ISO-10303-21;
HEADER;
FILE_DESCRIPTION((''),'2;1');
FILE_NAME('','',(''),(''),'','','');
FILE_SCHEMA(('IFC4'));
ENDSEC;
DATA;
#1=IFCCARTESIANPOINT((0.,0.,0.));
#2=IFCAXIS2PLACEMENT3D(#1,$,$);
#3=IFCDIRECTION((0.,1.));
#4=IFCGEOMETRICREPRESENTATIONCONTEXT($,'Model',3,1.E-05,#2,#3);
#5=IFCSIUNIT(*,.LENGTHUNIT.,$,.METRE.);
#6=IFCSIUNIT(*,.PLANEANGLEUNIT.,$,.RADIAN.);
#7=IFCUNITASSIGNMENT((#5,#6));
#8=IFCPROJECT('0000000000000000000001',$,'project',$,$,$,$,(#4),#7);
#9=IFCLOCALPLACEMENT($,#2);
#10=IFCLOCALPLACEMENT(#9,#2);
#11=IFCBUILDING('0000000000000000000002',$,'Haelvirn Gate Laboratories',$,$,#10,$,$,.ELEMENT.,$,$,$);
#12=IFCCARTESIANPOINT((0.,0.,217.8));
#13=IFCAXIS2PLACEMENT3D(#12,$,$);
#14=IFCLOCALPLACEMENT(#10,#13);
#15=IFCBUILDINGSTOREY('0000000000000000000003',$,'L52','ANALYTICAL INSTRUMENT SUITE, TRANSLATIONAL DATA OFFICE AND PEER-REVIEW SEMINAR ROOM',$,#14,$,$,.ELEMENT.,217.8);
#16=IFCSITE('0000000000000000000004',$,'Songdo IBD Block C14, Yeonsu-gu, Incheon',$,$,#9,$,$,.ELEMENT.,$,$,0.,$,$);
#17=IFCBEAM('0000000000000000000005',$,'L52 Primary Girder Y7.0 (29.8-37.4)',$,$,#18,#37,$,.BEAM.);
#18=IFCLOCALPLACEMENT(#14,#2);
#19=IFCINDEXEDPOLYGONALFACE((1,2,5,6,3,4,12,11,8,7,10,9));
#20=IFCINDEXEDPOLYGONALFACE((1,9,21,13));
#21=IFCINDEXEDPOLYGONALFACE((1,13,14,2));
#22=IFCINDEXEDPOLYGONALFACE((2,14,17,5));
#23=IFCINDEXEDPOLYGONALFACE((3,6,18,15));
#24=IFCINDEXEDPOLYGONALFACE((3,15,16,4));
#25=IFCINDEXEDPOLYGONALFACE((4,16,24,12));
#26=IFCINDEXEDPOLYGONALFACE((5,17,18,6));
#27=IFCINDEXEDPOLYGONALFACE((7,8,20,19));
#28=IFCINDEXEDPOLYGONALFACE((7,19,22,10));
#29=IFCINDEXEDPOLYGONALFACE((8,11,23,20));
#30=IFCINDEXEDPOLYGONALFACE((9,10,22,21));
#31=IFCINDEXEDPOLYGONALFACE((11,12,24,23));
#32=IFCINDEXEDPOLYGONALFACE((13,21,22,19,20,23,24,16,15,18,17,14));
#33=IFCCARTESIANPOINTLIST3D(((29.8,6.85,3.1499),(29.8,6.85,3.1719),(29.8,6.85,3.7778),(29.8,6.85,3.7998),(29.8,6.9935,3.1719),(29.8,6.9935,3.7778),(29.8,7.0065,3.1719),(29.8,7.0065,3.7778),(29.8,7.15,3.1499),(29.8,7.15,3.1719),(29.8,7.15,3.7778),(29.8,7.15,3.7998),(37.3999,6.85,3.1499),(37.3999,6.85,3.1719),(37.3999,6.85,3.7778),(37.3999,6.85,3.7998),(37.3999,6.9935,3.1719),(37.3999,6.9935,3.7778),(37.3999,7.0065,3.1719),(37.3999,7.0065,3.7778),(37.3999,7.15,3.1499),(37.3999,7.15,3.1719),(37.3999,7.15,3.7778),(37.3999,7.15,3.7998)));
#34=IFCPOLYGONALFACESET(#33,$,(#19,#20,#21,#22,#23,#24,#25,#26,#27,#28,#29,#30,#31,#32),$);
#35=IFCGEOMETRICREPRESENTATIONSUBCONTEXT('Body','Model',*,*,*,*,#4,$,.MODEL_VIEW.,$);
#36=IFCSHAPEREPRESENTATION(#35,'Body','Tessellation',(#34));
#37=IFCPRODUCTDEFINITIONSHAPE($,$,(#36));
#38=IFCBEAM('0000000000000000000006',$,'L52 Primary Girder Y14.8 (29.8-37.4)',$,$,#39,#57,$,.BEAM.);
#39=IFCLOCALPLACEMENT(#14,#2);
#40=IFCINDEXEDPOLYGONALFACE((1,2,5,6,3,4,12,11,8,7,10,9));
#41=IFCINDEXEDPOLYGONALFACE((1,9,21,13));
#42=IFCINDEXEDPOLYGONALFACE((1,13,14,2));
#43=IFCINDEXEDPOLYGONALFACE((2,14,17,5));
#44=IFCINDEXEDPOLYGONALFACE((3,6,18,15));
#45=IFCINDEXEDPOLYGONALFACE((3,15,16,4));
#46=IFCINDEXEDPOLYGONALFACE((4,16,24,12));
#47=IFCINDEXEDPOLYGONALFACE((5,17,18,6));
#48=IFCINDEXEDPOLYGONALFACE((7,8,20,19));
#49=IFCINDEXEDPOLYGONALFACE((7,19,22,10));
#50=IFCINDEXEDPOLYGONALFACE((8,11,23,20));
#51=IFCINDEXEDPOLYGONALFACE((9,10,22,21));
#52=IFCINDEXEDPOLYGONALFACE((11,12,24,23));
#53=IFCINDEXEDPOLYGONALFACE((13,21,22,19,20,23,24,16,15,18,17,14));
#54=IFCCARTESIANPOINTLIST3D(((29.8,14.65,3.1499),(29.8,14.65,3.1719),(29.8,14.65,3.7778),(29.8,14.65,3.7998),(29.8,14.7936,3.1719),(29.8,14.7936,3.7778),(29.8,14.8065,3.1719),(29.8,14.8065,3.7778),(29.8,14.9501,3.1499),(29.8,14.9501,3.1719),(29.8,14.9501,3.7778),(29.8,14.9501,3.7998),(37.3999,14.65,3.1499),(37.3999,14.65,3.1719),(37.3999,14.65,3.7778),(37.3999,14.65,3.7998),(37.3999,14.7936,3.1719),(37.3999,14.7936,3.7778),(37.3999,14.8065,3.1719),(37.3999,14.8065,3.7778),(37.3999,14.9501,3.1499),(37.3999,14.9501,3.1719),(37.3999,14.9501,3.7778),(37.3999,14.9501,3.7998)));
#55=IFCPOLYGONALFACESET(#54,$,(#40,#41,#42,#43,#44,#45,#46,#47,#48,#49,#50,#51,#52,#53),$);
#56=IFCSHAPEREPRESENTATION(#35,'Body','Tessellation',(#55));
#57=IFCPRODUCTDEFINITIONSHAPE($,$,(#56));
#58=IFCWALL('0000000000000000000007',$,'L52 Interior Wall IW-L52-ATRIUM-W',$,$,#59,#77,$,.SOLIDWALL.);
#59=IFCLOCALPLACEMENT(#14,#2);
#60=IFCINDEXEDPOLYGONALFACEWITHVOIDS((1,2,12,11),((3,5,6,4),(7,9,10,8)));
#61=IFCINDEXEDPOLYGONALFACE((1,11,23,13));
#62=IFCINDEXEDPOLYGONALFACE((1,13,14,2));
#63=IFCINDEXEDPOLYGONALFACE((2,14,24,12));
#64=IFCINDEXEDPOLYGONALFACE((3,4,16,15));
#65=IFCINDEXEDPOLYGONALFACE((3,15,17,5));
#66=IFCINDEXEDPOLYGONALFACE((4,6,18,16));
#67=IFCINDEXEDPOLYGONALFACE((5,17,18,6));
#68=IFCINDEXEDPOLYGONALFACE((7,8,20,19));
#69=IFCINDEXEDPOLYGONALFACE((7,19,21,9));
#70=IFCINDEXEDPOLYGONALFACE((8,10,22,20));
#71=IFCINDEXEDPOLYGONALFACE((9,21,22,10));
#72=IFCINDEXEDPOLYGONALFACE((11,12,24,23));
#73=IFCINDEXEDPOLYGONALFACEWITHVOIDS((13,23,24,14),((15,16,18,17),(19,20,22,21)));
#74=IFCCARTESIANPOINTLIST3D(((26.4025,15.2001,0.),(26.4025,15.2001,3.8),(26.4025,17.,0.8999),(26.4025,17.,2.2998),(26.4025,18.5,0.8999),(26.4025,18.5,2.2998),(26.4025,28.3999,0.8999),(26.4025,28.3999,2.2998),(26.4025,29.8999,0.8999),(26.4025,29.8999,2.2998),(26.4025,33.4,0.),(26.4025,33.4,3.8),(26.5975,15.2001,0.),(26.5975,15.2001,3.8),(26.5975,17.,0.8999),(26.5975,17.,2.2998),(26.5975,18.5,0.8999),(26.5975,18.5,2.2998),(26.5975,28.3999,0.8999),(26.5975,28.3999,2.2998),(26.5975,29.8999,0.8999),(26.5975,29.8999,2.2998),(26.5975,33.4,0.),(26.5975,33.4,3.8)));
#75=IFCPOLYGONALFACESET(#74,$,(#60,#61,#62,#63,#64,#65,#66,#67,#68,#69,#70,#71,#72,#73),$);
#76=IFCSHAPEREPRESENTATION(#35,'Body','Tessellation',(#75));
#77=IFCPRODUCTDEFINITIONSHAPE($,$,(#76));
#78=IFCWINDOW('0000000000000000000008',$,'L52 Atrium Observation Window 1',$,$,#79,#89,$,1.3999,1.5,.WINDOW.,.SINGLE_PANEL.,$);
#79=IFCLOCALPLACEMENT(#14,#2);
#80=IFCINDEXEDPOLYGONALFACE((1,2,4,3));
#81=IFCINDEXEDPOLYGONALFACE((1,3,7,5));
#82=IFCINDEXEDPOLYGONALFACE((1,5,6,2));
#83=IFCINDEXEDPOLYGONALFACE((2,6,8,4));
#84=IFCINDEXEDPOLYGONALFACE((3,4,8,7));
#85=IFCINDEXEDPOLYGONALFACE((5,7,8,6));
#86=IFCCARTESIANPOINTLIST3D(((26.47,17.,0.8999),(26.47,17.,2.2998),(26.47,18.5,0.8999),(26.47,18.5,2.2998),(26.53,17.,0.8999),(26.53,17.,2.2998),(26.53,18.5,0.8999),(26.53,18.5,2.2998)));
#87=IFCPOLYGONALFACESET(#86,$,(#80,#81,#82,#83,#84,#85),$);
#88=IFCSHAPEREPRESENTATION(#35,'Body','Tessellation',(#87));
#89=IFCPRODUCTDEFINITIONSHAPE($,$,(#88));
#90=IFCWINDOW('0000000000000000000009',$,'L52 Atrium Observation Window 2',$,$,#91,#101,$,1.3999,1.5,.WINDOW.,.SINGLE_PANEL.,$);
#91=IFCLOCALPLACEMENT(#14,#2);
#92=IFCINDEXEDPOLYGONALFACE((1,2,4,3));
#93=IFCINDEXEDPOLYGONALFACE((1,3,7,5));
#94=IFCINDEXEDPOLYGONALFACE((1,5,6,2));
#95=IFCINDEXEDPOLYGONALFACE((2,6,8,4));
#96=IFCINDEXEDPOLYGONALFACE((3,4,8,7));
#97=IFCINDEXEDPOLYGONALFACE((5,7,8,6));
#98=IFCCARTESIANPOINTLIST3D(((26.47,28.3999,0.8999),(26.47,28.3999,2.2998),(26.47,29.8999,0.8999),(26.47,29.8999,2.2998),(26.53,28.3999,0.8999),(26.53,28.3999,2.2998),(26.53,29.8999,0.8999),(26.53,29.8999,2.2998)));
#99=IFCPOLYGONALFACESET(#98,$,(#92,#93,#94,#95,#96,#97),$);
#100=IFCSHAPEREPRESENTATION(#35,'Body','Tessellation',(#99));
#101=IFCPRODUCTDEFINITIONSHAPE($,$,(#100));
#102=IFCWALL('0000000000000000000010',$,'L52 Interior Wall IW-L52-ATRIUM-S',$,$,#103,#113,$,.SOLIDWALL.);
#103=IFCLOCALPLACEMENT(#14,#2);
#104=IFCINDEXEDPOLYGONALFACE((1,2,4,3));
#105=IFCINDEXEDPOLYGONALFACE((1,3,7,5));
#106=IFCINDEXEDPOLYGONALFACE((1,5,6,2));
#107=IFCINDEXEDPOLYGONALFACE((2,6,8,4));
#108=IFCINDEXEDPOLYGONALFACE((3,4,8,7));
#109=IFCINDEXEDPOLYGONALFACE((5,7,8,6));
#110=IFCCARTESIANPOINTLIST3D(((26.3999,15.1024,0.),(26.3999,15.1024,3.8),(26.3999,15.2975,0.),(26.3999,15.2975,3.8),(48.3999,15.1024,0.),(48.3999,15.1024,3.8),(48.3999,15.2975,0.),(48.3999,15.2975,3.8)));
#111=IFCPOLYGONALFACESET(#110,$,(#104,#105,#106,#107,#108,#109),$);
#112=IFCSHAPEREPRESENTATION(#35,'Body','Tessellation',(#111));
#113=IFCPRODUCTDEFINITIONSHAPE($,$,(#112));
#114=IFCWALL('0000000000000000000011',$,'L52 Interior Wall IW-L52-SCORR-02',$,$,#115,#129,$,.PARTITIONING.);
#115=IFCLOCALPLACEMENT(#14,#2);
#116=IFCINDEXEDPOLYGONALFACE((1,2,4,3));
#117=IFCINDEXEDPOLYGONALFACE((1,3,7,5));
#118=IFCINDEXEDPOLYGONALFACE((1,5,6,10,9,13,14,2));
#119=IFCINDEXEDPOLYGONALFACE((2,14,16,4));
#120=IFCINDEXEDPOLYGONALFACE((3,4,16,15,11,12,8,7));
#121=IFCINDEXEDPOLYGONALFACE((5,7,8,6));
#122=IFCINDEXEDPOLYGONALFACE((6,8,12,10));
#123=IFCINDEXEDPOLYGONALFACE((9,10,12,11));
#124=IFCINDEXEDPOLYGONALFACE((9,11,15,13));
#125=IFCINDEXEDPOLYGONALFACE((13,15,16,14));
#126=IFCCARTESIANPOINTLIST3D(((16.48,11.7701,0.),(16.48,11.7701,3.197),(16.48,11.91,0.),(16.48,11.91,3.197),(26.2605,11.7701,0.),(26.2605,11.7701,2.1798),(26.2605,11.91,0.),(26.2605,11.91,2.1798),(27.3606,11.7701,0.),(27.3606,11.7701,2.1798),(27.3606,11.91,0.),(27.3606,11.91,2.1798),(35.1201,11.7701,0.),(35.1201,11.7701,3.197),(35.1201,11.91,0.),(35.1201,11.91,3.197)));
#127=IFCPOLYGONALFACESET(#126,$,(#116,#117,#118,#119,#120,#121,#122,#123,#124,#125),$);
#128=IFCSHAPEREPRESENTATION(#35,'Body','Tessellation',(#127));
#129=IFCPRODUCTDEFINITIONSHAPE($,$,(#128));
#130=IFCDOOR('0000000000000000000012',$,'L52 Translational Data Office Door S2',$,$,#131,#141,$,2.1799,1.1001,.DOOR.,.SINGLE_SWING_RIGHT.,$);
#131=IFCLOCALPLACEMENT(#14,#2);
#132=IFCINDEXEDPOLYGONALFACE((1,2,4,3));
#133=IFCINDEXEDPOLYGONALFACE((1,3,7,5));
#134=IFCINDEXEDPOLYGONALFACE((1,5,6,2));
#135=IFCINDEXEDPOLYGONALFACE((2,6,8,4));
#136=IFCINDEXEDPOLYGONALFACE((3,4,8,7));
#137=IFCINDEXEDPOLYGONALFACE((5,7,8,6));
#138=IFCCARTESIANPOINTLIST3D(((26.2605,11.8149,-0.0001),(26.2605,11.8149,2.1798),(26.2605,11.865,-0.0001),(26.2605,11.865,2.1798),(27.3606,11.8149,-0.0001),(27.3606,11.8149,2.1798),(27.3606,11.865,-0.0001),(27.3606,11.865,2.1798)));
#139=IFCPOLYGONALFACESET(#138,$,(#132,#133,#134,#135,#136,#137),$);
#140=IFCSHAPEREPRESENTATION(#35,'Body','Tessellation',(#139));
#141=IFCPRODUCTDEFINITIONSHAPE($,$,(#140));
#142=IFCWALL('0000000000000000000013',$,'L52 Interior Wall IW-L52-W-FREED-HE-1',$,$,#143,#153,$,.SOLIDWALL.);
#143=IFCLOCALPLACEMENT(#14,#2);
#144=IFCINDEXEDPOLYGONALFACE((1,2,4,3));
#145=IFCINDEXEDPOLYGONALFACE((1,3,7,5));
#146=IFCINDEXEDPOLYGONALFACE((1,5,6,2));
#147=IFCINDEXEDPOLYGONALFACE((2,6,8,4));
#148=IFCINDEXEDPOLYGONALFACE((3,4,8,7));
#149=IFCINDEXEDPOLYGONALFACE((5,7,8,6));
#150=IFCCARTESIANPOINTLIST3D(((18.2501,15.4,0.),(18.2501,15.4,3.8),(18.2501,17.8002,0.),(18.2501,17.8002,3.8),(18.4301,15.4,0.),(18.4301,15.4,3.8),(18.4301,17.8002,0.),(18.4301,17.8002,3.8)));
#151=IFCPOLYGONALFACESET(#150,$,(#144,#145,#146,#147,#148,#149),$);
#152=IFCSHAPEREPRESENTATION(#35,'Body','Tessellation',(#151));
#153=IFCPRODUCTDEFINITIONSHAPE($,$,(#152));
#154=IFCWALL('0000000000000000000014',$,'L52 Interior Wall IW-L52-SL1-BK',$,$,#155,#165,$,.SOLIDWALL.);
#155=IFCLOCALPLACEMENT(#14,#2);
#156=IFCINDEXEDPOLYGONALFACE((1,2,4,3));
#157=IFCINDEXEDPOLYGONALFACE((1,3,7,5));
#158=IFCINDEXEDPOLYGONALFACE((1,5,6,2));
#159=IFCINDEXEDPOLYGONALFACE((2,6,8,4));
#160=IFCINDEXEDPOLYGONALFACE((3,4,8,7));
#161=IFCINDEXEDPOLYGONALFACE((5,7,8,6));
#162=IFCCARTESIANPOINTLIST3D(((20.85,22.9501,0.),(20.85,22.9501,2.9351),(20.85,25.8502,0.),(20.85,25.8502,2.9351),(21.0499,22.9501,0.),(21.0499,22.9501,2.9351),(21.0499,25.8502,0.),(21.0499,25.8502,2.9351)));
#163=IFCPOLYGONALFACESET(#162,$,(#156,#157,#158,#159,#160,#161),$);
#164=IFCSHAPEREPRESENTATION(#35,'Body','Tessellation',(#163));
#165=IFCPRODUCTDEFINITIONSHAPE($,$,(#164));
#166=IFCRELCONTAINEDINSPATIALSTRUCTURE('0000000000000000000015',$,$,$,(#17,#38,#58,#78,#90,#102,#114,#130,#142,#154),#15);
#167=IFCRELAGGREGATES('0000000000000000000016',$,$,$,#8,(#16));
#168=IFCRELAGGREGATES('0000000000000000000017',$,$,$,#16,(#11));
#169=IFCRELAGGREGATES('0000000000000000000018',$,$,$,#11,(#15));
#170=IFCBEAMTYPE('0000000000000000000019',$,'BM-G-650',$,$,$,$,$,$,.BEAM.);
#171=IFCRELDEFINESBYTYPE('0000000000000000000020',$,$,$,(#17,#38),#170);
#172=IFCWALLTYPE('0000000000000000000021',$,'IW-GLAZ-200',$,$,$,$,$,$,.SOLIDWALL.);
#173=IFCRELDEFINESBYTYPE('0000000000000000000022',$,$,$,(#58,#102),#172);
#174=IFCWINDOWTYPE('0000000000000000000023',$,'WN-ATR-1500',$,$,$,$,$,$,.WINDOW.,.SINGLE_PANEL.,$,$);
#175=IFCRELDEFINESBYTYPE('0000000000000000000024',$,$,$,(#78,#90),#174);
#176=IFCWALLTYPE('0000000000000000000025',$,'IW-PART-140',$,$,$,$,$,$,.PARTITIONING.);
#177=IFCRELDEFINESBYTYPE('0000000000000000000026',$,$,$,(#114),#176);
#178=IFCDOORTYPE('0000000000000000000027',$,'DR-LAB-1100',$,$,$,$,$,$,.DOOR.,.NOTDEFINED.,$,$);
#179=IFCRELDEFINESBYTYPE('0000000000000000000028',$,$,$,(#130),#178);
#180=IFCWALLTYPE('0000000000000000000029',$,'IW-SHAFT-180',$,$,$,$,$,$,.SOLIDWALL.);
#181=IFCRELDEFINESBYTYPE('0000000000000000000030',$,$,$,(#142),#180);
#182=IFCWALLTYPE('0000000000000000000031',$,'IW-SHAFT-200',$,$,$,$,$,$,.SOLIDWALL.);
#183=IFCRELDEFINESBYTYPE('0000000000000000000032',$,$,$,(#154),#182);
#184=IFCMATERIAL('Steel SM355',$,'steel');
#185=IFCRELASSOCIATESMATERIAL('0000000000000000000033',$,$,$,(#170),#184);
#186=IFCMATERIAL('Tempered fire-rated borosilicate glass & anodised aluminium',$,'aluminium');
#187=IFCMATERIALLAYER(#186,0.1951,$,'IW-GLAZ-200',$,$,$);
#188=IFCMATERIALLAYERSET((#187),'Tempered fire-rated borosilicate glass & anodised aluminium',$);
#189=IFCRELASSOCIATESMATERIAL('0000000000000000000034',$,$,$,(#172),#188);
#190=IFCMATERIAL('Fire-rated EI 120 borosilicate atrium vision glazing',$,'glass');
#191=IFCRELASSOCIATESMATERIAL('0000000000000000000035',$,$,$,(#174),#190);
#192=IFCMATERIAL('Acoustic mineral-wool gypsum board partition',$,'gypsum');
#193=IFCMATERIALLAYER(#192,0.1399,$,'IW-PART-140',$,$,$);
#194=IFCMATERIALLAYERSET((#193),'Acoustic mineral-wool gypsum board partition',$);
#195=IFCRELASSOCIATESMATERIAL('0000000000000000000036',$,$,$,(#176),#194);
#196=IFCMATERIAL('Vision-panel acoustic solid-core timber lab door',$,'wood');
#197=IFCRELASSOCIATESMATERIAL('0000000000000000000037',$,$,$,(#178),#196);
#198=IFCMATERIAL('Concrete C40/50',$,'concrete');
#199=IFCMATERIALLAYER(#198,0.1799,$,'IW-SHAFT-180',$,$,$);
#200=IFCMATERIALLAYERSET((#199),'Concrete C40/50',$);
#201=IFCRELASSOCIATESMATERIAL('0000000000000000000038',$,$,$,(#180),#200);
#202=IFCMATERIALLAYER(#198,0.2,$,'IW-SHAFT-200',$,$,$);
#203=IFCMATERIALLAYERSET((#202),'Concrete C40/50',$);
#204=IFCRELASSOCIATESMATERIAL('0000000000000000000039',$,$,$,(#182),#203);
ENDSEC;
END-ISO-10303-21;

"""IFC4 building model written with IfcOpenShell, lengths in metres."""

from ifc_helpers import new_model, si_unit, direction, frame, frame_2d, origin, origin_2d, place, context, subcontext, project, spatial, rectangle, i_section, extrude, source, transform, mapped, material, layer, layer_set, material_profile, profile_set, type_object, type_shapes, element, fill, save


model = new_model("IFC4")

# Units and contexts
model_context = context("Model", 3, precision=1e-05, world=origin(), true_north=direction((0.0, 1.0)))
body_context = subcontext(model_context, "Body", "Model", "MODEL_VIEW")
ifc_project = project(units=[si_unit("LENGTHUNIT", "METRE"), si_unit("PLANEANGLEUNIT", "RADIAN")], contexts=[model_context])

# Site, building, storey
site_placement = place(None, origin())
site = spatial("IfcSite", under=ifc_project, at=site_placement, Name="Songdo IBD Block C14, Yeonsu-gu, Incheon", CompositionType="ELEMENT", RefElevation=0.0)
building_placement = place(site_placement, origin())
building = spatial("IfcBuilding", under=site, at=building_placement, Name="Haelvirn Gate Laboratories", CompositionType="ELEMENT")
storey_placement = place(building_placement, frame((0.0, 0.0, 217.8)))
storey = spatial("IfcBuildingStorey", under=building, at=storey_placement, Name="L52", Description="ANALYTICAL INSTRUMENT SUITE, TRANSLATIONAL DATA OFFICE AND PEER-REVIEW SEMINAR ROOM", CompositionType="ELEMENT", Elevation=217.8)

# Shared definitions
ifc_material_1 = material(Name="Steel SM355", Category="steel")

# Beams
ifc_material_profile_1 = material_profile(ifc_material_1, i_section(OverallWidth=0.3, OverallDepth=0.6499, WebThickness=0.0129, FlangeThickness=0.022, at=origin_2d()), Name="H-650x300x13x22")
ifc_profile_set_1 = profile_set([ifc_material_profile_1], Name="Steel SM355")
beam_type_1 = type_object("IfcBeamType", Name="BM-G-650", PredefinedType="BEAM", material=ifc_profile_set_1)
shared_shape_1 = source(origin(), body_context, "Body", "SweptSolid", [
    extrude(i_section(OverallWidth=0.3, OverallDepth=0.6499, WebThickness=0.0129, FlangeThickness=0.022, at=origin_2d()), origin(), (0.0, 0.0, 1.0), 7.5999),
])
for number, where, z_axis, x_axis, name in (
    (1, (29.8, 7.0, 3.4749), (1.0, 0.0, 0.0), (0.0, 1.0, 0.0), "L52 Primary Girder Y7.0 (29.8-37.4)"),
    (2, (29.8, 14.8, 3.4749), (1.0, 0.0, 0.0), (0.0, 1.0, 0.0), "L52 Primary Girder Y14.8 (29.8-37.4)"),
):
    element("IfcBeam", number, at=place(storey_placement, frame(where, z_axis=z_axis, x_axis=x_axis)), inside=storey, type_object=beam_type_1, Name=name, PredefinedType="BEAM", context=body_context, shape_type="MappedRepresentation", body=[
        mapped(shared_shape_1, transform((0.0, 0.0, 0.0), scale=1.0)),
    ])

# Wall, openings, windows
ifc_material_2 = material(Name="Tempered fire-rated borosilicate glass & anodised aluminium", Category="aluminium")
ifc_layer_1 = layer(ifc_material_2, 0.1951, Name="IW-GLAZ-200")
ifc_layer_set_1 = layer_set([ifc_layer_1], Name="Tempered fire-rated borosilicate glass & anodised aluminium")
wall_type_1 = type_object("IfcWallType", Name="IW-GLAZ-200", PredefinedType="SOLIDWALL", material=ifc_layer_set_1)
wall_1_placement = place(storey_placement, frame((26.5, 15.2, 0.0), z_axis=(0.0, 0.0, 1.0), x_axis=(0.0, 1.0, 0.0)))
wall_1 = element("IfcWall", 3, at=wall_1_placement, inside=storey, type_object=wall_type_1, Name="L52 Interior Wall IW-L52-ATRIUM-W", PredefinedType="SOLIDWALL", context=body_context, shape_type="SweptSolid", body=[
    extrude(rectangle(XDim=18.2, YDim=0.1951, at=frame_2d((9.1001, 0.0))), origin(), (0.0, 0.0, 1.0), 3.8),
])
opening_1_placement = place(wall_1_placement, frame((1.8, 0.0, 0.8999)))
opening_1 = element("IfcOpeningElement", 4, at=opening_1_placement, cuts=wall_1, PredefinedType="OPENING", context=body_context, shape_type="SweptSolid", body=[
    extrude(rectangle(XDim=1.5, YDim=1.3999, at=frame_2d((0.75, 0.7))), frame((0.0, 0.1074, 0.0), z_axis=(0.0, -1.0, 0.0), x_axis=(1.0, 0.0, 0.0)), (0.0, 0.0, 1.0), 0.2151),
])
opening_2_placement = place(wall_1_placement, frame((13.2, 0.0, 0.8999)))
opening_2 = element("IfcOpeningElement", 5, at=opening_2_placement, cuts=wall_1, PredefinedType="OPENING", context=body_context, shape_type="SweptSolid", body=[
    extrude(rectangle(XDim=1.5, YDim=1.3999, at=frame_2d((0.75, 0.7))), frame((0.0, 0.1074, 0.0), z_axis=(0.0, -1.0, 0.0), x_axis=(1.0, 0.0, 0.0)), (0.0, 0.0, 1.0), 0.2151),
])
ifc_material_3 = material(Name="Fire-rated EI 120 borosilicate atrium vision glazing", Category="glass")
window_type = type_object("IfcWindowType", Name="WN-ATR-1500", PartitioningType="SINGLE_PANEL", PredefinedType="WINDOW", material=ifc_material_3)
shared_shape_2 = source(origin(), body_context, "Body", "SweptSolid", [
    extrude(rectangle(XDim=1.5, YDim=1.3999, at=frame_2d((0.75, 0.7))), frame((0.0, 0.03, 0.0), z_axis=(0.0, -1.0, 0.0), x_axis=(1.0, 0.0, 0.0)), (0.0, 0.0, 1.0), 0.0601),
])
type_shapes(window_type, [shared_shape_2])
window_1_placement = place(opening_1_placement, origin())
window_1 = element("IfcWindow", 6, at=window_1_placement, inside=storey, type_object=window_type, Name="L52 Atrium Observation Window 1", OverallHeight=1.3999, OverallWidth=1.5, PartitioningType="SINGLE_PANEL", PredefinedType="WINDOW", context=body_context, shape_type="MappedRepresentation", body=[
    mapped(shared_shape_2, transform((0.0, 0.0, 0.0), scale=1.0)),
])
fill(opening_1, window_1)
window_2_placement = place(opening_2_placement, origin())
window_2 = element("IfcWindow", 7, at=window_2_placement, inside=storey, type_object=window_type, Name="L52 Atrium Observation Window 2", OverallHeight=1.3999, OverallWidth=1.5, PartitioningType="SINGLE_PANEL", PredefinedType="WINDOW", context=body_context, shape_type="MappedRepresentation", body=[
    mapped(shared_shape_2, transform((0.0, 0.0, 0.0), scale=1.0)),
])
fill(opening_2, window_2)

# Wall
wall_2_placement = place(storey_placement, frame((26.3999, 15.2, 0.0), z_axis=(0.0, 0.0, 1.0), x_axis=(1.0, 0.0, 0.0)))
element("IfcWall", 8, at=wall_2_placement, inside=storey, type_object=wall_type_1, Name="L52 Interior Wall IW-L52-ATRIUM-S", PredefinedType="SOLIDWALL", context=body_context, shape_type="SweptSolid", body=[
    extrude(rectangle(XDim=22.0, YDim=0.1951, at=frame_2d((11.0, 0.0))), origin(), (0.0, 0.0, 1.0), 3.8),
])

# Wall, opening, door
ifc_material_4 = material(Name="Acoustic mineral-wool gypsum board partition", Category="gypsum")
ifc_layer_2 = layer(ifc_material_4, 0.1399, Name="IW-PART-140")
ifc_layer_set_2 = layer_set([ifc_layer_2], Name="Acoustic mineral-wool gypsum board partition")
wall_type_2 = type_object("IfcWallType", Name="IW-PART-140", PredefinedType="PARTITIONING", material=ifc_layer_set_2)
wall_3_placement = place(storey_placement, frame((16.48, 11.8401, 0.0), z_axis=(0.0, 0.0, 1.0), x_axis=(1.0, 0.0, 0.0)))
wall_3 = element("IfcWall", 9, at=wall_3_placement, inside=storey, type_object=wall_type_2, Name="L52 Interior Wall IW-L52-SCORR-02", PredefinedType="PARTITIONING", context=body_context, shape_type="SweptSolid", body=[
    extrude(rectangle(XDim=18.6401, YDim=0.1399, at=frame_2d((9.3201, 0.0))), origin(), (0.0, 0.0, 1.0), 3.197),
])
opening_3_placement = place(wall_3_placement, frame((9.7805, 0.0, 0.0)))
opening_3 = element("IfcOpeningElement", 10, at=opening_3_placement, cuts=wall_3, PredefinedType="OPENING", context=body_context, shape_type="SweptSolid", body=[
    extrude(rectangle(XDim=1.1001, YDim=2.1799, at=frame_2d((0.55, 1.0898))), frame((0.0, 0.0801, 0.0), z_axis=(0.0, -1.0, 0.0), x_axis=(1.0, 0.0, 0.0)), (0.0, 0.0, 1.0), 0.1599),
])
ifc_material_5 = material(Name="Vision-panel acoustic solid-core timber lab door", Category="wood")
door_type_1 = type_object("IfcDoorType", Name="DR-LAB-1100", OperationType="NOTDEFINED", PredefinedType="DOOR", material=ifc_material_5)
shared_shape_3 = source(origin(), body_context, "Body", "SweptSolid", [
    extrude(rectangle(XDim=1.1001, YDim=2.1799, at=frame_2d((0.55, 1.0898))), frame((0.0, 0.0249, 0.0), z_axis=(0.0, -1.0, 0.0), x_axis=(1.0, 0.0, 0.0)), (0.0, 0.0, 1.0), 0.05),
])
type_shapes(door_type_1, [shared_shape_3])
door_1_placement = place(opening_3_placement, origin())
door_1 = element("IfcDoor", 11, at=door_1_placement, inside=storey, type_object=door_type_1, Name="L52 Translational Data Office Door S2", OperationType="SINGLE_SWING_RIGHT", OverallHeight=2.1799, OverallWidth=1.1001, PredefinedType="DOOR", context=body_context, shape_type="MappedRepresentation", body=[
    mapped(shared_shape_3, transform((0.0, 0.0, 0.0), scale=1.0)),
])
fill(opening_3, door_1)

# Walls
ifc_material_6 = material(Name="Concrete C40/50", Category="concrete")
ifc_layer_3 = layer(ifc_material_6, 0.1799, Name="IW-SHAFT-180")
ifc_layer_set_3 = layer_set([ifc_layer_3], Name="Concrete C40/50")
wall_type_3 = type_object("IfcWallType", Name="IW-SHAFT-180", PredefinedType="SOLIDWALL", material=ifc_layer_set_3)
wall_4_placement = place(storey_placement, frame((18.3401, 15.3999, 0.0), z_axis=(0.0, 0.0, 1.0), x_axis=(0.0, 1.0, 0.0)))
element("IfcWall", 12, at=wall_4_placement, inside=storey, type_object=wall_type_3, Name="L52 Interior Wall IW-L52-W-FREED-HE-1", PredefinedType="SOLIDWALL", context=body_context, shape_type="SweptSolid", body=[
    extrude(rectangle(XDim=2.4001, YDim=0.1799, at=frame_2d((1.2002, 0.0))), origin(), (0.0, 0.0, 1.0), 3.8),
])
ifc_layer_4 = layer(ifc_material_6, 0.2, Name="IW-SHAFT-200")
ifc_layer_set_4 = layer_set([ifc_layer_4], Name="Concrete C40/50")
wall_type_4 = type_object("IfcWallType", Name="IW-SHAFT-200", PredefinedType="SOLIDWALL", material=ifc_layer_set_4)
wall_5_placement = place(storey_placement, frame((20.95, 22.95, 0.0), z_axis=(0.0, 0.0, 1.0), x_axis=(0.0, 1.0, 0.0)))
element("IfcWall", 13, at=wall_5_placement, inside=storey, type_object=wall_type_4, Name="L52 Interior Wall IW-L52-SL1-BK", PredefinedType="SOLIDWALL", context=body_context, shape_type="SweptSolid", body=[
    extrude(rectangle(XDim=2.9001, YDim=0.2, at=frame_2d((1.4502, 0.0))), origin(), (0.0, 0.0, 1.0), 2.9351),
])

save(model, "model.ifc")
